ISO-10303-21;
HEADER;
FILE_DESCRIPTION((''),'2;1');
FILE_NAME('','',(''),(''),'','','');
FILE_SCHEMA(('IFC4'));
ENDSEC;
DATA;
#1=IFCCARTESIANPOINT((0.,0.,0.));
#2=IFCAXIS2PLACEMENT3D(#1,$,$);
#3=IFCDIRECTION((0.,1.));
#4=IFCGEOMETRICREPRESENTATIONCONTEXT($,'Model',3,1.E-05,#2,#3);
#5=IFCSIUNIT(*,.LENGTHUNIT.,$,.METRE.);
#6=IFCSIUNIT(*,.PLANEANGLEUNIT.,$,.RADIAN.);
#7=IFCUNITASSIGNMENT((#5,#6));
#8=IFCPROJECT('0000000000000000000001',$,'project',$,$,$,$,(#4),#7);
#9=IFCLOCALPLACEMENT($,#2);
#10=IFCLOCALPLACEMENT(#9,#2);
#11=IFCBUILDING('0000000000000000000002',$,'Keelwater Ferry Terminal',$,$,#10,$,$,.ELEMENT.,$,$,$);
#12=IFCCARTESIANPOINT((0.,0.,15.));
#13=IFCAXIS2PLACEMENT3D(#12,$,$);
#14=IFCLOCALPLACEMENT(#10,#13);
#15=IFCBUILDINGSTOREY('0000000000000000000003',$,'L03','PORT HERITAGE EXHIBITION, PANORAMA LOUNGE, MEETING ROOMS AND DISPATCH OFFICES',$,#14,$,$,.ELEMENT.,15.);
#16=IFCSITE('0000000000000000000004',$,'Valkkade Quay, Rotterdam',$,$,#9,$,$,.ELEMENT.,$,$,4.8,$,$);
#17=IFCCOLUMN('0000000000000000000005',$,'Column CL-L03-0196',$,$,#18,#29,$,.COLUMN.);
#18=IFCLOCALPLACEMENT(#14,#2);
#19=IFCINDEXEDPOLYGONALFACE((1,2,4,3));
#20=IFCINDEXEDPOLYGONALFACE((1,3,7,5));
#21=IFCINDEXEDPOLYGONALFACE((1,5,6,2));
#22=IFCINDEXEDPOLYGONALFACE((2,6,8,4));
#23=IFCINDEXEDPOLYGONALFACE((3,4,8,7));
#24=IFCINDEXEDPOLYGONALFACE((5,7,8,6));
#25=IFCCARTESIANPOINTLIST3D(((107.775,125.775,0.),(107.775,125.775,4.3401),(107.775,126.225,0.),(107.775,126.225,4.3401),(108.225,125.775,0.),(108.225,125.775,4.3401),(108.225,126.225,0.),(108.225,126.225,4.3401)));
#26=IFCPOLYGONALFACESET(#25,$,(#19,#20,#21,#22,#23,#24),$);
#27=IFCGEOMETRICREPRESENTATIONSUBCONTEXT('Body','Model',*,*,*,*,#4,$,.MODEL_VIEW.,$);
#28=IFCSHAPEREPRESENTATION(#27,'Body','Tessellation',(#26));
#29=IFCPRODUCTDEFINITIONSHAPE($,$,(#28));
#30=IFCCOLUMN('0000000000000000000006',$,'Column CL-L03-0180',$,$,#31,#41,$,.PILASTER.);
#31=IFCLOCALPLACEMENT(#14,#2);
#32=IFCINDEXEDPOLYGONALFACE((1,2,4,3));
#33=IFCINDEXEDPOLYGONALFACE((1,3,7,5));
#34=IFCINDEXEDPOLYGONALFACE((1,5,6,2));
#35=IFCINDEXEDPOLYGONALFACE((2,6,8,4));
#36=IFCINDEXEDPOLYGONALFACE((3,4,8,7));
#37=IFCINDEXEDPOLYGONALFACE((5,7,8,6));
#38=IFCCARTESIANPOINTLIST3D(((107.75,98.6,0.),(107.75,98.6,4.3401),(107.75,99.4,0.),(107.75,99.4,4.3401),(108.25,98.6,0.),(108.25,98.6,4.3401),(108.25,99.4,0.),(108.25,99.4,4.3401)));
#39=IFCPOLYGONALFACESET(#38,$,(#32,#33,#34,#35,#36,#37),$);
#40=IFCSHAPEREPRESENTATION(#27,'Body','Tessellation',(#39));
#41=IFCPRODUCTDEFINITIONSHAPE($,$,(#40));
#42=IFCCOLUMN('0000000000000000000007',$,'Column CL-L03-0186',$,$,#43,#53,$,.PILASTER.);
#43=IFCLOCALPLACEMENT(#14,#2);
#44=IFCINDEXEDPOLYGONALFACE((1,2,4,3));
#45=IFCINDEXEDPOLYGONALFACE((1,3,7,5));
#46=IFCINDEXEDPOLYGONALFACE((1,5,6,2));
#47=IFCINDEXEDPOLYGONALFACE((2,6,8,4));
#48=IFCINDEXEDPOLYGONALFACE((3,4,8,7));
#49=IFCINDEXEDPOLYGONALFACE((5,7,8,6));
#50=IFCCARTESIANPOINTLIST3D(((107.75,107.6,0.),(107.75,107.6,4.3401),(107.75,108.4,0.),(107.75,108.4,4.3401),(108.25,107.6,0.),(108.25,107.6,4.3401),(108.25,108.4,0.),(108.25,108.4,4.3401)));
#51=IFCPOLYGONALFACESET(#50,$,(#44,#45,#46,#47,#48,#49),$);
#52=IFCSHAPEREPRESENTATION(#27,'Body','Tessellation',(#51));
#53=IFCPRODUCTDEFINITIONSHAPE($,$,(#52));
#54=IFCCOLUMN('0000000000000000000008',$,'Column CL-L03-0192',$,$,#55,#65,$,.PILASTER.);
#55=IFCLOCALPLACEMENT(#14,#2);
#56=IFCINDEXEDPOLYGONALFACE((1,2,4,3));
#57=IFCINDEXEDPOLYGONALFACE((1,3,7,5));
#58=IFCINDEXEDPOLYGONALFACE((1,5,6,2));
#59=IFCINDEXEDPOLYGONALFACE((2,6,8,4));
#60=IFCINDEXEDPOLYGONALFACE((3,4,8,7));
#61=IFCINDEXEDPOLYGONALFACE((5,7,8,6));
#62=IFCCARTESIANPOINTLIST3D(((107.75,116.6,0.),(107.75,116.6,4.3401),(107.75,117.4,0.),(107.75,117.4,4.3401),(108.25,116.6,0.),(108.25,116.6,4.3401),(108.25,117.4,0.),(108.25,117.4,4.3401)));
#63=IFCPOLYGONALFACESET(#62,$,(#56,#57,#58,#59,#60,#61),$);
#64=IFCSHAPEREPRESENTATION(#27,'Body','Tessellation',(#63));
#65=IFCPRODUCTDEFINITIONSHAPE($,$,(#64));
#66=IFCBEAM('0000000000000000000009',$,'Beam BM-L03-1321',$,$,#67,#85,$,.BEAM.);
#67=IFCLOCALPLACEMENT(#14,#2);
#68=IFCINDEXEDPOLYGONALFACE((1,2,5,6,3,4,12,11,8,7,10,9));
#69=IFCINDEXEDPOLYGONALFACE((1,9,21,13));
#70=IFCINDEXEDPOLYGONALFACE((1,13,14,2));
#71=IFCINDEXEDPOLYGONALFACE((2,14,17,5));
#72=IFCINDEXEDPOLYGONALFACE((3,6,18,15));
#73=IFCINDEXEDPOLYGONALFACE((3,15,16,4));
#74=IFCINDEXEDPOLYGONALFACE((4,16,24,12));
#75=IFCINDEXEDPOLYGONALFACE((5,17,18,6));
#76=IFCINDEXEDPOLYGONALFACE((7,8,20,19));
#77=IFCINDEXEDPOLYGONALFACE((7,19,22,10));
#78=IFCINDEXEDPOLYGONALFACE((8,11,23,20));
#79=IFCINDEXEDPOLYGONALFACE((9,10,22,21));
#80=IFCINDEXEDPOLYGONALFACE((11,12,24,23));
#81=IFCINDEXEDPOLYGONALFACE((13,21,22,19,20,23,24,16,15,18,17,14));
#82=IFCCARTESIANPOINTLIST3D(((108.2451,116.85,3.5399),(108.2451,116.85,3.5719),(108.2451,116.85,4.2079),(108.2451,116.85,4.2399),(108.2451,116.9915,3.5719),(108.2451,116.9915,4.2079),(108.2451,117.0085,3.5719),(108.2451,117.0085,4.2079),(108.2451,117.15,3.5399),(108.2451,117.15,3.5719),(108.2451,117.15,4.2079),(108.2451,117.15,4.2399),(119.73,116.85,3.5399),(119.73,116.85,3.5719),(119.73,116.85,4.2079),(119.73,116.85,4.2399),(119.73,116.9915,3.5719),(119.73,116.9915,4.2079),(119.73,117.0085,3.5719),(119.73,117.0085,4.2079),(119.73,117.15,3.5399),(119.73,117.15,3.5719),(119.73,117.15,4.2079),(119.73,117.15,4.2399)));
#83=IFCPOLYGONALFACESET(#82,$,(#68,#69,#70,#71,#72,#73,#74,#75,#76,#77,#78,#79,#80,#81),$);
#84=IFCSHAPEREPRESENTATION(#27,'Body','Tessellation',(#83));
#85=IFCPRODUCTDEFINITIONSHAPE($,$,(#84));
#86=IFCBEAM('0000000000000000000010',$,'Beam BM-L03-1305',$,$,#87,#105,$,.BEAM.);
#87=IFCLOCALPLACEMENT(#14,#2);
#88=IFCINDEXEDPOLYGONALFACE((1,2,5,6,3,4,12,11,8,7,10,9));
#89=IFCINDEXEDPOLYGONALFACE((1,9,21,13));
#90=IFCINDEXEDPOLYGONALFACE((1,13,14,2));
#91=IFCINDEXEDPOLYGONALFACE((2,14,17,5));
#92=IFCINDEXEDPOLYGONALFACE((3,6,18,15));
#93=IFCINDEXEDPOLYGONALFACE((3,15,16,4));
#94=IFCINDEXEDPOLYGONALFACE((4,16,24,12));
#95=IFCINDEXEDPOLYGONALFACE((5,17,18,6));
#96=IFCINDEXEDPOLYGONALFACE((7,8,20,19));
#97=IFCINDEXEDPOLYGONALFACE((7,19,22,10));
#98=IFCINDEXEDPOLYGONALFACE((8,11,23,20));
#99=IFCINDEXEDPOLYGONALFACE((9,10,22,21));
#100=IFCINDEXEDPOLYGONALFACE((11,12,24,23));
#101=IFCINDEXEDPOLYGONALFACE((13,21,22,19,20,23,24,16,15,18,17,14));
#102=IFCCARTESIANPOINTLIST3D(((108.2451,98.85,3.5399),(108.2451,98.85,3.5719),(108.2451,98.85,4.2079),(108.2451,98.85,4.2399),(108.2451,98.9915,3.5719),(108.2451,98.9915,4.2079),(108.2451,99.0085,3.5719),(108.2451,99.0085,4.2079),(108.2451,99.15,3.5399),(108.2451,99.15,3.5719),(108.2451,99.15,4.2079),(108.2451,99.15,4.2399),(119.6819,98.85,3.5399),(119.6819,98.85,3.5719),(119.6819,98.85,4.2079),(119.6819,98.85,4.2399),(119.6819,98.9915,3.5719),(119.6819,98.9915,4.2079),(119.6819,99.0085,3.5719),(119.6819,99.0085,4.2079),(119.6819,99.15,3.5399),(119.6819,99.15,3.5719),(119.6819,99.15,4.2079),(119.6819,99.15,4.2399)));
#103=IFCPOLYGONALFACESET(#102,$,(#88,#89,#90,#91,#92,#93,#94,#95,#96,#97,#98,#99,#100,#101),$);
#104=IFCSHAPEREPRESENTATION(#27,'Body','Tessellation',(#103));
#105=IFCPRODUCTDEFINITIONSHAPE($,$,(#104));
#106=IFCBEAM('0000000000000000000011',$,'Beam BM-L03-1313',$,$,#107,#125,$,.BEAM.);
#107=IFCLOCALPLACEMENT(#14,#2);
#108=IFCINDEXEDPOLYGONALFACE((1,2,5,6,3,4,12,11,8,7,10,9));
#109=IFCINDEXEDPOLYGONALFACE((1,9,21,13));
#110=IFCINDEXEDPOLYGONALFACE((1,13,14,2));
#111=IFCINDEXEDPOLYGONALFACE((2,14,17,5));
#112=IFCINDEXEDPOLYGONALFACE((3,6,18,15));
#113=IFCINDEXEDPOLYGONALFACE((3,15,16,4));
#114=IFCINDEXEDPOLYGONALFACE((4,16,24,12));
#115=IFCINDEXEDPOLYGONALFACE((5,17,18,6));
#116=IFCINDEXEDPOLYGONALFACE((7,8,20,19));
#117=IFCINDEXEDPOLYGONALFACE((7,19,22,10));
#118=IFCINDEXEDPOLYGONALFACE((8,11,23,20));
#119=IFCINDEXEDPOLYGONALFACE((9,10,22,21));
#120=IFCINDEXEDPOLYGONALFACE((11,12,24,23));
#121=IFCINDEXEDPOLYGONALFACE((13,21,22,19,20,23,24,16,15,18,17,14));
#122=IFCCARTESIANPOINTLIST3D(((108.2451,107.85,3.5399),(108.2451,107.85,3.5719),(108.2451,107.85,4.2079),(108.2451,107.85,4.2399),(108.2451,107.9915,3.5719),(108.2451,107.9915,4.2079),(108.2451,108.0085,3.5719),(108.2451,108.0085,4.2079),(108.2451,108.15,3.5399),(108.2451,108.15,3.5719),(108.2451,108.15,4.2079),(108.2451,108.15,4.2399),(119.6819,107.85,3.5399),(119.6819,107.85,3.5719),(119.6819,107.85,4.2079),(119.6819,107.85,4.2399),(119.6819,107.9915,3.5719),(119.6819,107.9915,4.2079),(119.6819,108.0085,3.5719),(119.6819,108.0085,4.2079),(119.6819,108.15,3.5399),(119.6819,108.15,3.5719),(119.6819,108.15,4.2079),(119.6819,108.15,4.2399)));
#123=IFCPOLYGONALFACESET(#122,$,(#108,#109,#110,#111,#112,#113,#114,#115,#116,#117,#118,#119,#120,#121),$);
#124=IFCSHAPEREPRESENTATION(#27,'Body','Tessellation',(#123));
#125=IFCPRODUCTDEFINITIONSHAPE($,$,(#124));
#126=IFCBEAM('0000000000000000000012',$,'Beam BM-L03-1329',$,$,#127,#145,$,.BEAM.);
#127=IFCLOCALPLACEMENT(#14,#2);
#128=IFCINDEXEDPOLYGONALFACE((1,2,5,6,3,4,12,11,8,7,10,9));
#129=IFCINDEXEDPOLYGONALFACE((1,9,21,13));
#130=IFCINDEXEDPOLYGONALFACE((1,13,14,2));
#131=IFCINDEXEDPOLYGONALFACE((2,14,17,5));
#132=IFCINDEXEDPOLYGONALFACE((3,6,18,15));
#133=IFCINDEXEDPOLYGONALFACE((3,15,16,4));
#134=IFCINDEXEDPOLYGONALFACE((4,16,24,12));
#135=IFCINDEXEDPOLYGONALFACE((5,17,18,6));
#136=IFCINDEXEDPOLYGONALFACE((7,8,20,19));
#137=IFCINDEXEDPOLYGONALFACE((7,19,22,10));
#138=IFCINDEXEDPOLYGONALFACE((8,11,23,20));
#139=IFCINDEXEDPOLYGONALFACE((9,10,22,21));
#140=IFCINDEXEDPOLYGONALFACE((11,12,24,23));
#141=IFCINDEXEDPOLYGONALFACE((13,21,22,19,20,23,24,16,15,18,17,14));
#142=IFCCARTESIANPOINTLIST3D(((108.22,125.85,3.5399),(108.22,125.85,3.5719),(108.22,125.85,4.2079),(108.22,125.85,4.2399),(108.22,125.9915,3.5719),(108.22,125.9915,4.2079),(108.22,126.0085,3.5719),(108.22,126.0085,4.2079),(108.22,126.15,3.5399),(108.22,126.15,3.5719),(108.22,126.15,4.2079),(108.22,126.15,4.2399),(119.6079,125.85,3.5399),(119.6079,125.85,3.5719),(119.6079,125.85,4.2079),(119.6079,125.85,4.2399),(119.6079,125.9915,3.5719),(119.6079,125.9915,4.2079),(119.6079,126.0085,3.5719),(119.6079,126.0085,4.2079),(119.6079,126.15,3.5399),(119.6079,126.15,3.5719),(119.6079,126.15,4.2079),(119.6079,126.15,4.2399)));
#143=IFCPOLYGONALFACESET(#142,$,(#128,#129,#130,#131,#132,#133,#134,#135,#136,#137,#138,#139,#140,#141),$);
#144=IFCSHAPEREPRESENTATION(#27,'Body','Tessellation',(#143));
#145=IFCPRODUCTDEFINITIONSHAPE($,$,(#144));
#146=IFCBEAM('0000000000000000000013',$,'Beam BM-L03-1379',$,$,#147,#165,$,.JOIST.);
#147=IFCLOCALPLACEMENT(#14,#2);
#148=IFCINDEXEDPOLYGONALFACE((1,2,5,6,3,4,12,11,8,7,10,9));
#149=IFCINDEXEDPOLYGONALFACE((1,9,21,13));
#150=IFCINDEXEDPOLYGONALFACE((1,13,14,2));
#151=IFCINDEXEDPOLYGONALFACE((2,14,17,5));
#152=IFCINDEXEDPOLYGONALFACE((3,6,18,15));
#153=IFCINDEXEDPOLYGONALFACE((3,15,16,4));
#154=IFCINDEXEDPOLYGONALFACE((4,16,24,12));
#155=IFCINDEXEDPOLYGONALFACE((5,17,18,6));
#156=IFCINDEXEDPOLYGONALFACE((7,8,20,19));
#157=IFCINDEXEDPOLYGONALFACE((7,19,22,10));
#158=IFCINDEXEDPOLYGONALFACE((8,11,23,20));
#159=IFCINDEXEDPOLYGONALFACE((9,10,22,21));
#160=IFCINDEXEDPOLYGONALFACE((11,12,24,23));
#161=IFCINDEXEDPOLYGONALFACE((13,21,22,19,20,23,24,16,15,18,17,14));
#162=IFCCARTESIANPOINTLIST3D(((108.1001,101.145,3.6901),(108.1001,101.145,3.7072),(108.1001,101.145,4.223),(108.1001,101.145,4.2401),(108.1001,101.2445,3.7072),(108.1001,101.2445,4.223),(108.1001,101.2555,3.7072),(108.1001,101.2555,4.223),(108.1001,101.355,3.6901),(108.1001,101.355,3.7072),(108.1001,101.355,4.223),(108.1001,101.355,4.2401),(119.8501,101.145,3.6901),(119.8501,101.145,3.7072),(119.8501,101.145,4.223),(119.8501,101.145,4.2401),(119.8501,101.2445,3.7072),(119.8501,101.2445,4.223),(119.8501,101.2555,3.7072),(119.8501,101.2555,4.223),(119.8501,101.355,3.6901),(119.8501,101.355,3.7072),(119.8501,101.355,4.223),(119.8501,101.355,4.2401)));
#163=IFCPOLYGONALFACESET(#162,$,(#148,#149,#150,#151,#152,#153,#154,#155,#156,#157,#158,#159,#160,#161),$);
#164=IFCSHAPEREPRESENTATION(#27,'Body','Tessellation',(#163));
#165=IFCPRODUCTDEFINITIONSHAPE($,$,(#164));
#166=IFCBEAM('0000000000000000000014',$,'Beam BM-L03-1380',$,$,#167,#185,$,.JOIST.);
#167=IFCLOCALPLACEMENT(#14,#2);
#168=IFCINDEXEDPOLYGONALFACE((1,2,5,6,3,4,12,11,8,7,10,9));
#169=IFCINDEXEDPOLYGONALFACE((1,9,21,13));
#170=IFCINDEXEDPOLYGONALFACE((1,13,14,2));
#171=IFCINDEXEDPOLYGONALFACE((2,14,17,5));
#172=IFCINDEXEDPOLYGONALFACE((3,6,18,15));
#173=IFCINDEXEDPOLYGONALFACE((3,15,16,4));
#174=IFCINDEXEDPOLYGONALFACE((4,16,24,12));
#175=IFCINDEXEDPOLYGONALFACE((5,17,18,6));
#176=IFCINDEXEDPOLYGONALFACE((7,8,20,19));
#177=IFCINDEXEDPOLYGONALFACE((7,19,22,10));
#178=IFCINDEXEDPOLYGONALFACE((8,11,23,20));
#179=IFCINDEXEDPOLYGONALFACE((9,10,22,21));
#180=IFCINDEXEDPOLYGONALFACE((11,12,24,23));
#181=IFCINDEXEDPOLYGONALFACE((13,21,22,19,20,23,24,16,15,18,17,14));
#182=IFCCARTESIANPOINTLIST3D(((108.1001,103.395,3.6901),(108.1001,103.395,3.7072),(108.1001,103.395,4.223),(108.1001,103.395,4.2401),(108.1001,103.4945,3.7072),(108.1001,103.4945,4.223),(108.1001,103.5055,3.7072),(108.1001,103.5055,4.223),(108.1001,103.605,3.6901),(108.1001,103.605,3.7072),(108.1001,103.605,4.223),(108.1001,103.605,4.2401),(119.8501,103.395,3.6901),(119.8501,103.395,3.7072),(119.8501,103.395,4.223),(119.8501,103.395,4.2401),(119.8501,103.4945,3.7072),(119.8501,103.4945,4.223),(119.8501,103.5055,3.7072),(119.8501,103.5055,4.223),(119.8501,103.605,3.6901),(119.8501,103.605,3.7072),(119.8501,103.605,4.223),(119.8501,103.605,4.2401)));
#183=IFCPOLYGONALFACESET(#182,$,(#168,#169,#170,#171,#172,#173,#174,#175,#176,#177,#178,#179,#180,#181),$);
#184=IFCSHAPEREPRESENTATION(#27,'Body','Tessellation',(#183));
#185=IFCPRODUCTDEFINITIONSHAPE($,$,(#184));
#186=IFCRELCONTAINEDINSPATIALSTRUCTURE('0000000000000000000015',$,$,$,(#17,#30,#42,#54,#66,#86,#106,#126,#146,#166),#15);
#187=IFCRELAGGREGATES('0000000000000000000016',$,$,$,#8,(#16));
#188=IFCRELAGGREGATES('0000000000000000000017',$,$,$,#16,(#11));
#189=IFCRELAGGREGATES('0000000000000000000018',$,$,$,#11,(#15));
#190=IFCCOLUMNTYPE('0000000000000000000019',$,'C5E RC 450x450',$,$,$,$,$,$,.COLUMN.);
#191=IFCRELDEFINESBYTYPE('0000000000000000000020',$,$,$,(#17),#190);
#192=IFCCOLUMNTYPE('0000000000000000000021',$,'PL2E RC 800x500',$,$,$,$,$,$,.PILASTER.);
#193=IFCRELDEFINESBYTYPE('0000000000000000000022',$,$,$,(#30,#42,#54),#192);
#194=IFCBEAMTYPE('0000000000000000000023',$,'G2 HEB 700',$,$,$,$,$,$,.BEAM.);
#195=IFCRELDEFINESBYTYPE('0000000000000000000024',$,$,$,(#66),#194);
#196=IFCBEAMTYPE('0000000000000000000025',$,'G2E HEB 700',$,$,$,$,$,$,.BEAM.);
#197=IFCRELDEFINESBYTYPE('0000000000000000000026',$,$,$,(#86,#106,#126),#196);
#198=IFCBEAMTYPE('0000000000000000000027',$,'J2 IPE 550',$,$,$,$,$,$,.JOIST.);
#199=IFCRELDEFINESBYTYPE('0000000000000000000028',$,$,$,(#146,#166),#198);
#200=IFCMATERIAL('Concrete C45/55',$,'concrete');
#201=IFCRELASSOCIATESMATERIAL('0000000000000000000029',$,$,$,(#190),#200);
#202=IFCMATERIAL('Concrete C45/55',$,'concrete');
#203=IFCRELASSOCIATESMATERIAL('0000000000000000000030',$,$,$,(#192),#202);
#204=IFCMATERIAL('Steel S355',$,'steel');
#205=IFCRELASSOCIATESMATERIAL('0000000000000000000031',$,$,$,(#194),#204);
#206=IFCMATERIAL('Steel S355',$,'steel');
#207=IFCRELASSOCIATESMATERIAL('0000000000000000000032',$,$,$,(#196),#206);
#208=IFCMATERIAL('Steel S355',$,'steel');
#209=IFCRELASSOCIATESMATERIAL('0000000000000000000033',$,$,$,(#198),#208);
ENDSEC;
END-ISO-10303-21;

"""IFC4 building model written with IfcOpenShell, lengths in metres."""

from ifc_helpers import new_model, si_unit, direction, frame, origin, origin_2d, place, context, subcontext, project, spatial, rectangle, i_section, extrude, material, material_profile, profile_set, type_object, element, save


model = new_model("IFC4")

# Units and contexts
model_context = context("Model", 3, precision=1e-05, world=origin(), true_north=direction((0.0, 1.0)))
body_context = subcontext(model_context, "Body", "Model", "MODEL_VIEW")
ifc_project = project(units=[si_unit("LENGTHUNIT", "METRE"), si_unit("PLANEANGLEUNIT", "RADIAN")], contexts=[model_context])

# Site, building, storey
site_placement = place(None, origin())
site = spatial("IfcSite", under=ifc_project, at=site_placement, Name="Valkkade Quay, Rotterdam", CompositionType="ELEMENT", RefElevation=4.8)
building_placement = place(site_placement, origin())
building = spatial("IfcBuilding", under=site, at=building_placement, Name="Keelwater Ferry Terminal", CompositionType="ELEMENT")
storey_placement = place(building_placement, frame((0.0, 0.0, 15.0)))
storey = spatial("IfcBuildingStorey", under=building, at=storey_placement, Name="L03", Description="PORT HERITAGE EXHIBITION, PANORAMA LOUNGE, MEETING ROOMS AND DISPATCH OFFICES", CompositionType="ELEMENT", Elevation=15.0)

# Columns
ifc_material_1 = material(Name="Concrete C45/55", Category="concrete")
ifc_material_profile_1 = material_profile(ifc_material_1, rectangle(XDim=0.45, YDim=0.45, at=origin_2d()), Name="RC 450x450")
ifc_profile_set_1 = profile_set([ifc_material_profile_1], Name="Concrete C45/55")
column_type_1 = type_object("IfcColumnType", Name="C5E RC 450x450", PredefinedType="COLUMN", material=ifc_profile_set_1)
column_placement = place(storey_placement, frame((108.0, 126.0, 0.0), z_axis=(0.0, 0.0, 1.0), x_axis=(1.0, 0.0, 0.0)))
element("IfcColumn", 1, at=column_placement, inside=storey, type_object=column_type_1, Name="Column CL-L03-0196", PredefinedType="COLUMN", context=body_context, shape_type="SweptSolid", body=[
    extrude(rectangle(XDim=0.45, YDim=0.45, at=origin_2d()), origin(), (0.0, 0.0, 1.0), 4.3401),
])
ifc_material_2 = material(Name="Concrete C45/55", Category="concrete")
ifc_material_profile_2 = material_profile(ifc_material_2, rectangle(XDim=0.5, YDim=0.8, at=origin_2d()), Name="RC 800x500")
ifc_profile_set_2 = profile_set([ifc_material_profile_2], Name="Concrete C45/55")
column_type_2 = type_object("IfcColumnType", Name="PL2E RC 800x500", PredefinedType="PILASTER", material=ifc_profile_set_2)
for number, where, z_axis, x_axis, name in (
    (2, (108.0, 99.0, 0.0), (0.0, 0.0, 1.0), (1.0, 0.0, 0.0), "Column CL-L03-0180"),
    (3, (108.0, 108.0, 0.0), (0.0, 0.0, 1.0), (1.0, 0.0, 0.0), "Column CL-L03-0186"),
    (4, (108.0, 117.0, 0.0), (0.0, 0.0, 1.0), (1.0, 0.0, 0.0), "Column CL-L03-0192"),
):
    element("IfcColumn", number, at=place(storey_placement, frame(where, z_axis=z_axis, x_axis=x_axis)), inside=storey, type_object=column_type_2, Name=name, PredefinedType="PILASTER", context=body_context, shape_type="SweptSolid", body=[
        extrude(rectangle(XDim=0.5, YDim=0.8, at=origin_2d()), origin(), (0.0, 0.0, 1.0), 4.3401),
    ])

# Beams
ifc_material_3 = material(Name="Steel S355", Category="steel")
ifc_material_profile_3 = material_profile(ifc_material_3, i_section(OverallWidth=0.3, OverallDepth=0.7, WebThickness=0.0171, FlangeThickness=0.032, at=origin_2d()), Name="HEB 700")
ifc_profile_set_3 = profile_set([ifc_material_profile_3], Name="Steel S355")
beam_type_1 = type_object("IfcBeamType", Name="G2 HEB 700", PredefinedType="BEAM", material=ifc_profile_set_3)
beam_1_placement = place(storey_placement, frame((108.2451, 117.0, 3.8899), z_axis=(1.0, 0.0, 0.0), x_axis=(0.0, 1.0, 0.0)))
element("IfcBeam", 5, at=beam_1_placement, inside=storey, type_object=beam_type_1, Name="Beam BM-L03-1321", PredefinedType="BEAM", context=body_context, shape_type="SweptSolid", body=[
    extrude(i_section(OverallWidth=0.3, OverallDepth=0.7, WebThickness=0.0171, FlangeThickness=0.032, at=origin_2d()), origin(), (0.0, 0.0, 1.0), 11.4849),
])
ifc_material_4 = material(Name="Steel S355", Category="steel")
ifc_material_profile_4 = material_profile(ifc_material_4, i_section(OverallWidth=0.3, OverallDepth=0.7, WebThickness=0.0171, FlangeThickness=0.032, at=origin_2d()), Name="HEB 700")
ifc_profile_set_4 = profile_set([ifc_material_profile_4], Name="Steel S355")
beam_type_2 = type_object("IfcBeamType", Name="G2E HEB 700", PredefinedType="BEAM", material=ifc_profile_set_4)
for number, where, z_axis, x_axis, name in (
    (6, (108.2451, 99.0, 3.8899), (1.0, 0.0, 0.0), (0.0, 1.0, 0.0), "Beam BM-L03-1305"),
    (7, (108.2451, 108.0, 3.8899), (1.0, 0.0, 0.0), (0.0, 1.0, 0.0), "Beam BM-L03-1313"),
):
    element("IfcBeam", number, at=place(storey_placement, frame(where, z_axis=z_axis, x_axis=x_axis)), inside=storey, type_object=beam_type_2, Name=name, PredefinedType="BEAM", context=body_context, shape_type="SweptSolid", body=[
        extrude(i_section(OverallWidth=0.3, OverallDepth=0.7, WebThickness=0.0171, FlangeThickness=0.032, at=origin_2d()), origin(), (0.0, 0.0, 1.0), 11.4368),
    ])
beam_2_placement = place(storey_placement, frame((108.22, 126.0, 3.8899), z_axis=(1.0, 0.0, 0.0), x_axis=(0.0, 1.0, 0.0)))
element("IfcBeam", 8, at=beam_2_placement, inside=storey, type_object=beam_type_2, Name="Beam BM-L03-1329", PredefinedType="BEAM", context=body_context, shape_type="SweptSolid", body=[
    extrude(i_section(OverallWidth=0.3, OverallDepth=0.7, WebThickness=0.0171, FlangeThickness=0.032, at=origin_2d()), origin(), (0.0, 0.0, 1.0), 11.3879),
])
ifc_material_5 = material(Name="Steel S355", Category="steel")
ifc_material_profile_5 = material_profile(ifc_material_5, i_section(OverallWidth=0.21, OverallDepth=0.55, WebThickness=0.011, FlangeThickness=0.0171, at=origin_2d()), Name="IPE 550")
ifc_profile_set_5 = profile_set([ifc_material_profile_5], Name="Steel S355")
beam_type_3 = type_object("IfcBeamType", Name="J2 IPE 550", PredefinedType="JOIST", material=ifc_profile_set_5)
for number, where, z_axis, x_axis, name in (
    (9, (108.1001, 101.25, 3.9651), (1.0, 0.0, 0.0), (0.0, 1.0, 0.0), "Beam BM-L03-1379"),
    (10, (108.1001, 103.5, 3.9651), (1.0, 0.0, 0.0), (0.0, 1.0, 0.0), "Beam BM-L03-1380"),
):
    element("IfcBeam", number, at=place(storey_placement, frame(where, z_axis=z_axis, x_axis=x_axis)), inside=storey, type_object=beam_type_3, Name=name, PredefinedType="JOIST", context=body_context, shape_type="SweptSolid", body=[
        extrude(i_section(OverallWidth=0.21, OverallDepth=0.55, WebThickness=0.011, FlangeThickness=0.0171, at=origin_2d()), origin(), (0.0, 0.0, 1.0), 11.75),
    ])

save(model, "model.ifc")
